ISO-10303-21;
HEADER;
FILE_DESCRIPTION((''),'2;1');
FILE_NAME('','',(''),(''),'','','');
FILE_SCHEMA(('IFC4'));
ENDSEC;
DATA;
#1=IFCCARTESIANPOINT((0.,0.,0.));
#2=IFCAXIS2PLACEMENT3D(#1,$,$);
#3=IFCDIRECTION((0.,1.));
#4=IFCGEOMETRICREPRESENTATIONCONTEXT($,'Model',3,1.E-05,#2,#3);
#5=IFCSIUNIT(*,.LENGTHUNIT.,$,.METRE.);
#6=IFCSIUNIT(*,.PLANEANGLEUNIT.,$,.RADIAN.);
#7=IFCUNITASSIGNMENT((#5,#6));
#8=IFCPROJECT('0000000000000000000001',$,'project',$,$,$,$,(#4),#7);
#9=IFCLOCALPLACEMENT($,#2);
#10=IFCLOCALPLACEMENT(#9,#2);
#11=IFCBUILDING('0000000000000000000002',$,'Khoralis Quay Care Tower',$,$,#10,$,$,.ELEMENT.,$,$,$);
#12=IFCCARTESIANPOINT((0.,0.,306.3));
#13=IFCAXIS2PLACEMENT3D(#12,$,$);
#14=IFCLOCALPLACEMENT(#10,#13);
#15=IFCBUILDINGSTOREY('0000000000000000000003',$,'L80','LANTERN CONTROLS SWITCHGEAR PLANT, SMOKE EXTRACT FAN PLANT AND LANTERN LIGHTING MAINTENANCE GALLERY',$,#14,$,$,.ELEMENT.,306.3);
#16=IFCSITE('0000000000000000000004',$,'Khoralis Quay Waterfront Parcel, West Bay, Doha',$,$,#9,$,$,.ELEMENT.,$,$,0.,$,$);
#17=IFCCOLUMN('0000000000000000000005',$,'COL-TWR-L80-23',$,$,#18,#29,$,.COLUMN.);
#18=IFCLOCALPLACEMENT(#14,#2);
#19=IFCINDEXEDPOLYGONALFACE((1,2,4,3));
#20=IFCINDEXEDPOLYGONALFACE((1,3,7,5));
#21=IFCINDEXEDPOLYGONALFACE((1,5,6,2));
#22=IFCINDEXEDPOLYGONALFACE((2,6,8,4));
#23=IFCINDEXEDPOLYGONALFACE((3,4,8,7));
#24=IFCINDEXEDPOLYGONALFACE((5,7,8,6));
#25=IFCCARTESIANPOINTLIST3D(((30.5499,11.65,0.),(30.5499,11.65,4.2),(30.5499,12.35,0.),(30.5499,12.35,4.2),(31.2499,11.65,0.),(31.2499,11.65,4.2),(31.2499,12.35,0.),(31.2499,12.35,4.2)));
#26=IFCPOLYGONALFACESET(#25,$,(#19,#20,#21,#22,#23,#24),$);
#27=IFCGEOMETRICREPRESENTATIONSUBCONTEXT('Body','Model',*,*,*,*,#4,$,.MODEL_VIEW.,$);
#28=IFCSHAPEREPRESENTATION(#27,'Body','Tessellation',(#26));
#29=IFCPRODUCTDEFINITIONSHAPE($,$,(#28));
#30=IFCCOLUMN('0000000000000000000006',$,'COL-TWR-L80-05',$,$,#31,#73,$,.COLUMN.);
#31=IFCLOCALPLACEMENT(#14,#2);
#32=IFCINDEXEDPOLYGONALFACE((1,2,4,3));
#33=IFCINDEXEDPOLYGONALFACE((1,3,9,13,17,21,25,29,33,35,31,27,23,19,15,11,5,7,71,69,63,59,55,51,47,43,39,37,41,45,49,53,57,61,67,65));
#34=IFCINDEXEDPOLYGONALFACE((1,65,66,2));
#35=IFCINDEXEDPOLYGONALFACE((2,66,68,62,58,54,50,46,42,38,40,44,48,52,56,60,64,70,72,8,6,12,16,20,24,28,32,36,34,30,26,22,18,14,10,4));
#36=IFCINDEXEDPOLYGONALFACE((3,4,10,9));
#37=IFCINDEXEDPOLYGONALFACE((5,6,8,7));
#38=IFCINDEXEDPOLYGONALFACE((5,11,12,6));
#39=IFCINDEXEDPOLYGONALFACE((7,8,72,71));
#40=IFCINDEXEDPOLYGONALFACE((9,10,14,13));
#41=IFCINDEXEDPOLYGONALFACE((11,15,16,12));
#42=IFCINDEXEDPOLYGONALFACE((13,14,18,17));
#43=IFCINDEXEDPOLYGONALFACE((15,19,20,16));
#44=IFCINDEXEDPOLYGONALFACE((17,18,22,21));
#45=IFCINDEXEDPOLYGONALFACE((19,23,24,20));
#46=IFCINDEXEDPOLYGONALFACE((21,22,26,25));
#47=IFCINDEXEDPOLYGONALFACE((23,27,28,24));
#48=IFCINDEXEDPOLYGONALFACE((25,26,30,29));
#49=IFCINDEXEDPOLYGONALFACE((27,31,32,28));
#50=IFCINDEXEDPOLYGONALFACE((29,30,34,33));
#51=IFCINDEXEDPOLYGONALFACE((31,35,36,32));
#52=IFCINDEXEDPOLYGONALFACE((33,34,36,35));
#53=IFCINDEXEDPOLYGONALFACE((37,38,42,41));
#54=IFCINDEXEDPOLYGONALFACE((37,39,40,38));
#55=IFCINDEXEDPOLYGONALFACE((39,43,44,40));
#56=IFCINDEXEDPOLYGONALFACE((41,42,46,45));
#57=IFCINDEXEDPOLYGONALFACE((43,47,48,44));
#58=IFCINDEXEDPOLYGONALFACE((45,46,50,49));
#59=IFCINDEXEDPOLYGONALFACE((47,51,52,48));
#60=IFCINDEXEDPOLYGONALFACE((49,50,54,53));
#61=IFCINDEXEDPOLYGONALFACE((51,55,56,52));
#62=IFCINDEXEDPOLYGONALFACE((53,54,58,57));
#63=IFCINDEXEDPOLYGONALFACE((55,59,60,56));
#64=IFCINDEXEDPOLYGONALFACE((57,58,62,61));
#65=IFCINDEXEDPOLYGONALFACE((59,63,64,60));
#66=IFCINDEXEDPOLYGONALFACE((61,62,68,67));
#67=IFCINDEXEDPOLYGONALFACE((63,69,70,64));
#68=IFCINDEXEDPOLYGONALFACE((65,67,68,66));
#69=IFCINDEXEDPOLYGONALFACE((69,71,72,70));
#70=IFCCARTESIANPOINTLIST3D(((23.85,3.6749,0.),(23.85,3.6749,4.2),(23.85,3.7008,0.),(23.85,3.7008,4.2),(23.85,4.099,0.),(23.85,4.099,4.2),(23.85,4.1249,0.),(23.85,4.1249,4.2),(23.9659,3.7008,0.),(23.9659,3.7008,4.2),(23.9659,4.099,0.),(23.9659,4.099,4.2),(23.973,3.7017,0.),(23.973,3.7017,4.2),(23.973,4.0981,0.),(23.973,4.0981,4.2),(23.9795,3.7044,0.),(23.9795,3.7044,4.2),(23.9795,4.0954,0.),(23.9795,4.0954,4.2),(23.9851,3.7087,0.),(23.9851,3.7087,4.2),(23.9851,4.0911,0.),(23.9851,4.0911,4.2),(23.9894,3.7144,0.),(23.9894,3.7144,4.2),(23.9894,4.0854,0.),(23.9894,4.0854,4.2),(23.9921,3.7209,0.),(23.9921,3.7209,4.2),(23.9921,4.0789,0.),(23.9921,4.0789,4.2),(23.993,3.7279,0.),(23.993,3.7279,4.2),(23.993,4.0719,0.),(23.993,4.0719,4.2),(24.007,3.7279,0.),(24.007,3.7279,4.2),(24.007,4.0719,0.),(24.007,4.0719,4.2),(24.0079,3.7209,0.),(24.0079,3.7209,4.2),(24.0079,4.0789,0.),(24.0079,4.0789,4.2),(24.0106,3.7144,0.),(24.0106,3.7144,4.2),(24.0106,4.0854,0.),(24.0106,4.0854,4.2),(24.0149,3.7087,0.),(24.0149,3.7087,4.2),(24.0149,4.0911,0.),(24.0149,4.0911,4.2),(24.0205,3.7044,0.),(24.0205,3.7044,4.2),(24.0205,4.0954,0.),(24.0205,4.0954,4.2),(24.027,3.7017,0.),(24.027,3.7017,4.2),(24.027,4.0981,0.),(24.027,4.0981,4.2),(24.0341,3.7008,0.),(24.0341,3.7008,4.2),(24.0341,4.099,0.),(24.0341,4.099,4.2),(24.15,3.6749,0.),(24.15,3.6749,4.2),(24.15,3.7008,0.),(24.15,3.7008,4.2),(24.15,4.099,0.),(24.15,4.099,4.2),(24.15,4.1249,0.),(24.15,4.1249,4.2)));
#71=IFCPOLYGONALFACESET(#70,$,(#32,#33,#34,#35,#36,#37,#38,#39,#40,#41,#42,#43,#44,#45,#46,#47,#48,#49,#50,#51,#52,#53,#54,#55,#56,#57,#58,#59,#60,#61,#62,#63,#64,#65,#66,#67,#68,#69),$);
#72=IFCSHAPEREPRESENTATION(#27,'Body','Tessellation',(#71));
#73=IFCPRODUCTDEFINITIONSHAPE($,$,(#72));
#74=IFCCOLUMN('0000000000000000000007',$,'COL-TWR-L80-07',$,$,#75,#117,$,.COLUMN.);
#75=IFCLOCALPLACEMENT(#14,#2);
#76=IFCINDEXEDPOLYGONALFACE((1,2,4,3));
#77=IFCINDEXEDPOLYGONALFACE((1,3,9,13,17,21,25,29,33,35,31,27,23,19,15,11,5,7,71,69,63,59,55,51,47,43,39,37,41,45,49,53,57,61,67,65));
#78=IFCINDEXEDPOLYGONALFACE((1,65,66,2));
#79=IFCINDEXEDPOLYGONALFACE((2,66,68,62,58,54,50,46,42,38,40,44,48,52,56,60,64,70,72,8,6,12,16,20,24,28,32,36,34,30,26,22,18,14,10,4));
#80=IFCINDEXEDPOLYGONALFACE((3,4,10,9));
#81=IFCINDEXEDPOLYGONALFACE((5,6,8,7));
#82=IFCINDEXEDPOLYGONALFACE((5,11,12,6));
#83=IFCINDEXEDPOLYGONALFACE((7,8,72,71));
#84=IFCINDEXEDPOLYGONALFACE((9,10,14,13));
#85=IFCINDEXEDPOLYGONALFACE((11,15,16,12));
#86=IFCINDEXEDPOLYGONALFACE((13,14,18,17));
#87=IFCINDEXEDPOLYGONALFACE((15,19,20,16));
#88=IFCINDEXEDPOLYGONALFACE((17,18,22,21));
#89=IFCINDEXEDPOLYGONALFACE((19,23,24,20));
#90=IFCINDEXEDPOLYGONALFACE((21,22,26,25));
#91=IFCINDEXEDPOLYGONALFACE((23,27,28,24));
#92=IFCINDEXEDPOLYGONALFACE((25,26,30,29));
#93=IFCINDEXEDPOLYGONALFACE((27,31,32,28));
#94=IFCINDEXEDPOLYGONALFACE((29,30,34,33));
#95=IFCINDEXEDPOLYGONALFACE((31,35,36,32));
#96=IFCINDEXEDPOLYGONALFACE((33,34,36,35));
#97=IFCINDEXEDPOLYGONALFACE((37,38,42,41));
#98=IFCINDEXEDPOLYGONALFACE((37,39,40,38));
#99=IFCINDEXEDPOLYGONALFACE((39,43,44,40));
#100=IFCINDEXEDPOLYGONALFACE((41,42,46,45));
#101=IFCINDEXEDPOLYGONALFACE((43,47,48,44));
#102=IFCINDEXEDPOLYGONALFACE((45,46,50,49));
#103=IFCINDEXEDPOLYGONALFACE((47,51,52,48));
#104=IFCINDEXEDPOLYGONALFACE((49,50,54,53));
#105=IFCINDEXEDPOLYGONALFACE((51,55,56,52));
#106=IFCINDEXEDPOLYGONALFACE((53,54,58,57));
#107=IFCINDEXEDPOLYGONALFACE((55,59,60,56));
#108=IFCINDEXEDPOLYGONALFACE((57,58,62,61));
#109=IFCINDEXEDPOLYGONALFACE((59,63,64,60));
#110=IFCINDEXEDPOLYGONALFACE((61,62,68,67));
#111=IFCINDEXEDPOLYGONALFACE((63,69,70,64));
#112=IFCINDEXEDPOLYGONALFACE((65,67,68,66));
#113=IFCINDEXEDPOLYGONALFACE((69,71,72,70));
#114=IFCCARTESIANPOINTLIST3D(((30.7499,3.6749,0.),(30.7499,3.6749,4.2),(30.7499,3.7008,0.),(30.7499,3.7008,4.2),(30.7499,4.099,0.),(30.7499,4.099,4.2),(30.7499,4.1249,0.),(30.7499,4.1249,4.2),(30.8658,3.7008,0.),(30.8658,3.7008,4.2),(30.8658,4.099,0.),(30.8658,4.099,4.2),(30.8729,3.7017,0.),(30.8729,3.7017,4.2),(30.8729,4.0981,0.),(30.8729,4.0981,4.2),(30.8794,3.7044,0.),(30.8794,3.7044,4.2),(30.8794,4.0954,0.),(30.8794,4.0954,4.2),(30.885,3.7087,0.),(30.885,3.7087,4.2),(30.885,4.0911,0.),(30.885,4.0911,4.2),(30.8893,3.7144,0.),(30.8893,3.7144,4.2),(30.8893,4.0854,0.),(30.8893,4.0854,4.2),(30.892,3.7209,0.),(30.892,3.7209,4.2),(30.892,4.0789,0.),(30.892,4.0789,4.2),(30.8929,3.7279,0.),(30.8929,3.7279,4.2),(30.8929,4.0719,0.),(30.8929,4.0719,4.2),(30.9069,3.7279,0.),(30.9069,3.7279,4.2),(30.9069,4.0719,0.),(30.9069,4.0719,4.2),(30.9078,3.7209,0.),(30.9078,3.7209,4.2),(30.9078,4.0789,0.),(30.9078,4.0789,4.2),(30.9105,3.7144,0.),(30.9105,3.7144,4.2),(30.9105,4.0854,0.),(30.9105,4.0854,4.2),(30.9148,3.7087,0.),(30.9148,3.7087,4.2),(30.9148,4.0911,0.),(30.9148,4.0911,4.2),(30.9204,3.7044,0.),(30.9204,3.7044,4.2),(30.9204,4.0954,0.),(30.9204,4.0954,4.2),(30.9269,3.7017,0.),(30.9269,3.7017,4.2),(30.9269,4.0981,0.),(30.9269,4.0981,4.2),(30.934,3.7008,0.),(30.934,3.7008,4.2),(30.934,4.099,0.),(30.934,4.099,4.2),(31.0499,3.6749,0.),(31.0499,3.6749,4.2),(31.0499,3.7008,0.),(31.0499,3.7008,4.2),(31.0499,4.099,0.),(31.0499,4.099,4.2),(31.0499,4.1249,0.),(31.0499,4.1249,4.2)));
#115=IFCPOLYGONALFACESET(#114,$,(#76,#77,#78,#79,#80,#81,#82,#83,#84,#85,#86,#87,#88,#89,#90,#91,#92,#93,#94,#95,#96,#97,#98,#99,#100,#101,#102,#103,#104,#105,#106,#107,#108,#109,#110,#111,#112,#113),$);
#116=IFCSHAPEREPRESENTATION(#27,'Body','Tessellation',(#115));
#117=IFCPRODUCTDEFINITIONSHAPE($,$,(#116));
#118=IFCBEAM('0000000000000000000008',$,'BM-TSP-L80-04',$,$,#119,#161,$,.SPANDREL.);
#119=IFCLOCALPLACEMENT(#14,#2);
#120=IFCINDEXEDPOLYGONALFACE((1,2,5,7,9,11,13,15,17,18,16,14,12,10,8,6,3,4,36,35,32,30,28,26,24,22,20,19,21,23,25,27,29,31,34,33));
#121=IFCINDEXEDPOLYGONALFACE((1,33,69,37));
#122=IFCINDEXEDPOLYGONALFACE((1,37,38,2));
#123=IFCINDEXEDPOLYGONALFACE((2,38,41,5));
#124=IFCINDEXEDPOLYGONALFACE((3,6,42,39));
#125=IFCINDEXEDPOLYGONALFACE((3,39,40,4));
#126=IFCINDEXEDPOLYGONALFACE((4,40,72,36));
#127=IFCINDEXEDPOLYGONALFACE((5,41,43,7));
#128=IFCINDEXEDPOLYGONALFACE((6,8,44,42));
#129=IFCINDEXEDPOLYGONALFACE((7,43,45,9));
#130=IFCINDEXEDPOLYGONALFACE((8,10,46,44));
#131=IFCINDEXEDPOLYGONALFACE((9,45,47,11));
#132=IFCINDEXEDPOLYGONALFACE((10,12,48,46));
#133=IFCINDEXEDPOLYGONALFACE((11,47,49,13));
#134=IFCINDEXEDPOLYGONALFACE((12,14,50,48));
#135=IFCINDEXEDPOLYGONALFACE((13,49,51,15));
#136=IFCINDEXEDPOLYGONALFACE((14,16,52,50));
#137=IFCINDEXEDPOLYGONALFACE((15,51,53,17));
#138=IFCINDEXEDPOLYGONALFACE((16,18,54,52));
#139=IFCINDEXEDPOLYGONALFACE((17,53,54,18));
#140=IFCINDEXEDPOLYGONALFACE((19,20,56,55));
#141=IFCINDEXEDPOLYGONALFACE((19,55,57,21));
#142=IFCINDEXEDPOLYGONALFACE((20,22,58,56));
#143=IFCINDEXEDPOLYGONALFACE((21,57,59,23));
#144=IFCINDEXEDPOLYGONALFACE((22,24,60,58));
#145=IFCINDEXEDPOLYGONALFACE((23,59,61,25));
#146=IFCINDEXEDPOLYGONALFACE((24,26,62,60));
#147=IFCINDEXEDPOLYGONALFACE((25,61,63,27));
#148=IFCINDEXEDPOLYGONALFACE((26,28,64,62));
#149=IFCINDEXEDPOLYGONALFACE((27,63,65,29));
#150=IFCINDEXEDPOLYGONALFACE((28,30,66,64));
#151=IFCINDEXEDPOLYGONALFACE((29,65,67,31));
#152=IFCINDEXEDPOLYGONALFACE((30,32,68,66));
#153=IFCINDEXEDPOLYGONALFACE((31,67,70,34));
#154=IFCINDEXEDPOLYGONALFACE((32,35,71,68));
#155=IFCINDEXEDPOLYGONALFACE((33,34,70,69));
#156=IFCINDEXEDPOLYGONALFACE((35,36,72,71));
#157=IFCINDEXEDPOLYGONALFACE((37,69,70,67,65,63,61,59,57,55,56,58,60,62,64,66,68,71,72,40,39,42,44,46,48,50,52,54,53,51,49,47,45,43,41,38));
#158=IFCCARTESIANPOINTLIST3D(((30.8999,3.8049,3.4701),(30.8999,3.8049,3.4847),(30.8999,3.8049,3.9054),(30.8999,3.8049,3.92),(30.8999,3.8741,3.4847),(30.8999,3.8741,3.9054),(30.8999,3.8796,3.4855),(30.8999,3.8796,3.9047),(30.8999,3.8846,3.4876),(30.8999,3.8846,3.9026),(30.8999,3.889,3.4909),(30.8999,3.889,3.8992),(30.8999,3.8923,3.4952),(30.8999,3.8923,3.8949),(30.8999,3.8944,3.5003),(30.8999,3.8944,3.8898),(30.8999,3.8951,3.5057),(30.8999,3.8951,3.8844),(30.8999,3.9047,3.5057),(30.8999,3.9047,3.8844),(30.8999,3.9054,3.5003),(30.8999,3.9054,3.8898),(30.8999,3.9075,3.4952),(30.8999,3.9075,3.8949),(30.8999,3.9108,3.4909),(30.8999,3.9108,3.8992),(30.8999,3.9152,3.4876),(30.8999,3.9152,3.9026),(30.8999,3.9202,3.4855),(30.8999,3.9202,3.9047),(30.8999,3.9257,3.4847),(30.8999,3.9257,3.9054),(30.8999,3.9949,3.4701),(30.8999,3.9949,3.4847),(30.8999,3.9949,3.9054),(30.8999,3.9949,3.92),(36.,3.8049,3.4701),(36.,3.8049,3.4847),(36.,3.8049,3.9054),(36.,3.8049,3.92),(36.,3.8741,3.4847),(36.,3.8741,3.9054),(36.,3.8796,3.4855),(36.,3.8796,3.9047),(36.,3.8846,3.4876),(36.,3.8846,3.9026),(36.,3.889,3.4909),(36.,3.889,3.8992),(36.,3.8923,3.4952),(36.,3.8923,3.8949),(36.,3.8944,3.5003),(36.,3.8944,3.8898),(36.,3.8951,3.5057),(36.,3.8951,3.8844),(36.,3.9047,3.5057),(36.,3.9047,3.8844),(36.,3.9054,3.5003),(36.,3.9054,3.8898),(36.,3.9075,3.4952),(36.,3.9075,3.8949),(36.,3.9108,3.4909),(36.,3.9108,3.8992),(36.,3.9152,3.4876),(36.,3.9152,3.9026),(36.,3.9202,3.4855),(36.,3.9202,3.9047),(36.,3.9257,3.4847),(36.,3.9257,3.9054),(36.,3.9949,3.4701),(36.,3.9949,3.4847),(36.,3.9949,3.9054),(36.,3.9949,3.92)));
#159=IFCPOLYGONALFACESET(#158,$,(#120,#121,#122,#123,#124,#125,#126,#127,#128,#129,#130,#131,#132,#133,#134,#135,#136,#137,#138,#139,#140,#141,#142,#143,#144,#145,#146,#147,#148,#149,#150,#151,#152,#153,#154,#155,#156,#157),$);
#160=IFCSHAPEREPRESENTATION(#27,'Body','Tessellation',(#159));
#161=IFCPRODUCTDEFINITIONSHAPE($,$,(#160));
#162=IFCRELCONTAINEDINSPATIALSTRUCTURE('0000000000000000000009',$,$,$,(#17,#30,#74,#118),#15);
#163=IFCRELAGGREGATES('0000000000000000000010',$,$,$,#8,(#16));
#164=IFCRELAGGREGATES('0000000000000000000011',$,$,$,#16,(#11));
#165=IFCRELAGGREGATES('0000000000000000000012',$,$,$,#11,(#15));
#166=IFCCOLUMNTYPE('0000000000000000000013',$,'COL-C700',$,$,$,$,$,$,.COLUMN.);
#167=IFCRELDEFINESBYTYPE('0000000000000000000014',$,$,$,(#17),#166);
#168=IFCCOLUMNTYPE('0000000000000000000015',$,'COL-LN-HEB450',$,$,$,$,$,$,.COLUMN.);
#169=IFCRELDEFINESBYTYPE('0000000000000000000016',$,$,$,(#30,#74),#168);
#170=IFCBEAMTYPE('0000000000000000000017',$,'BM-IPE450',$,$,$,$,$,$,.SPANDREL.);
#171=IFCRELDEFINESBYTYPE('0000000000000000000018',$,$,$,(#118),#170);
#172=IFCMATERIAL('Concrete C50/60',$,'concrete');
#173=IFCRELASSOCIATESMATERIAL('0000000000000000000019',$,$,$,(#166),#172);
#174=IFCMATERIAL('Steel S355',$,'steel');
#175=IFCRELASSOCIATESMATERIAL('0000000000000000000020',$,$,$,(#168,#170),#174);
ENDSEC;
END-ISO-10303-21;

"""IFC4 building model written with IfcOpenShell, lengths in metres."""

from ifc_helpers import new_model, si_unit, direction, frame, origin, origin_2d, place, context, subcontext, project, spatial, rectangle, i_section, extrude, source, transform, mapped, material, material_profile, profile_set, type_object, element, save


model = new_model("IFC4")

# Units and contexts
model_context = context("Model", 3, precision=1e-05, world=origin(), true_north=direction((0.0, 1.0)))
body_context = subcontext(model_context, "Body", "Model", "MODEL_VIEW")
ifc_project = project(units=[si_unit("LENGTHUNIT", "METRE"), si_unit("PLANEANGLEUNIT", "RADIAN")], contexts=[model_context])

# Site, building, storey
site_placement = place(None, origin())
site = spatial("IfcSite", under=ifc_project, at=site_placement, Name="Khoralis Quay Waterfront Parcel, West Bay, Doha", CompositionType="ELEMENT", RefElevation=0.0)
building_placement = place(site_placement, origin())
building = spatial("IfcBuilding", under=site, at=building_placement, Name="Khoralis Quay Care Tower", CompositionType="ELEMENT")
storey_placement = place(building_placement, frame((0.0, 0.0, 306.3)))
storey = spatial("IfcBuildingStorey", under=building, at=storey_placement, Name="L80", Description="LANTERN CONTROLS SWITCHGEAR PLANT, SMOKE EXTRACT FAN PLANT AND LANTERN LIGHTING MAINTENANCE GALLERY", CompositionType="ELEMENT", Elevation=306.3)

# Columns
ifc_material_1 = material(Name="Concrete C50/60", Category="concrete")
ifc_material_profile_1 = material_profile(ifc_material_1, rectangle(XDim=0.7, YDim=0.7, at=origin_2d()), Name="Concrete C50/60")
ifc_profile_set_1 = profile_set([ifc_material_profile_1], Name="Concrete C50/60")
column_type_1 = type_object("IfcColumnType", Name="COL-C700", PredefinedType="COLUMN", material=ifc_profile_set_1)
shared_shape_1 = source(origin(), body_context, "Body", "SweptSolid", [
    extrude(rectangle(XDim=0.7, YDim=0.7, at=origin_2d()), origin(), (0.0, 0.0, 1.0), 4.2),
])
column_placement = place(storey_placement, frame((30.8999, 12.0, 0.0), z_axis=(0.0, 0.0, 1.0), x_axis=(1.0, 0.0, 0.0)))
element("IfcColumn", 1, at=column_placement, inside=storey, type_object=column_type_1, Name="COL-TWR-L80-23", PredefinedType="COLUMN", context=body_context, shape_type="MappedRepresentation", body=[
    mapped(shared_shape_1, transform((0.0, 0.0, 0.0), scale=1.0)),
])
ifc_material_2 = material(Name="Steel S355", Category="steel")
ifc_material_profile_2 = material_profile(ifc_material_2, i_section(OverallWidth=0.3, OverallDepth=0.45, WebThickness=0.0139, FlangeThickness=0.0259, FilletRadius=0.0271, at=origin_2d()), Name="Steel S355")
ifc_profile_set_2 = profile_set([ifc_material_profile_2], Name="Steel S355")
column_type_2 = type_object("IfcColumnType", Name="COL-LN-HEB450", PredefinedType="COLUMN", material=ifc_profile_set_2)
shared_shape_2 = source(origin(), body_context, "Body", "SweptSolid", [
    extrude(i_section(OverallWidth=0.3, OverallDepth=0.45, WebThickness=0.0139, FlangeThickness=0.0259, FilletRadius=0.0271, at=origin_2d()), origin(), (0.0, 0.0, 1.0), 4.2),
])
for number, where, z_axis, x_axis, name in (
    (2, (24.0, 3.8999, 0.0), (0.0, 0.0, 1.0), (1.0, 0.0, 0.0), "COL-TWR-L80-05"),
    (3, (30.8999, 3.8999, 0.0), (0.0, 0.0, 1.0), (1.0, 0.0, 0.0), "COL-TWR-L80-07"),
):
    element("IfcColumn", number, at=place(storey_placement, frame(where, z_axis=z_axis, x_axis=x_axis)), inside=storey, type_object=column_type_2, Name=name, PredefinedType="COLUMN", context=body_context, shape_type="MappedRepresentation", body=[
        mapped(shared_shape_2, transform((0.0, 0.0, 0.0), scale=1.0)),
    ])

# Beam
ifc_material_profile_3 = material_profile(ifc_material_2, i_section(OverallWidth=0.1899, OverallDepth=0.45, WebThickness=0.0095, FlangeThickness=0.0146, FilletRadius=0.021, at=origin_2d()), Name="Steel S355")
ifc_profile_set_3 = profile_set([ifc_material_profile_3], Name="Steel S355")
beam_type_1 = type_object("IfcBeamType", Name="BM-IPE450", PredefinedType="SPANDREL", material=ifc_profile_set_3)
shared_shape_3 = source(origin(), body_context, "Body", "SweptSolid", [
    extrude(i_section(OverallWidth=0.1899, OverallDepth=0.45, WebThickness=0.0095, FlangeThickness=0.0146, FilletRadius=0.021, at=origin_2d()), origin(), (0.0, 0.0, 1.0), 5.1001),
])
beam_1_placement = place(storey_placement, frame((30.8999, 3.8999, 3.6951), z_axis=(1.0, 0.0, 0.0), x_axis=(0.0, 1.0, 0.0)))
element("IfcBeam", 4, at=beam_1_placement, inside=storey, type_object=beam_type_1, Name="BM-TSP-L80-04", PredefinedType="SPANDREL", context=body_context, shape_type="MappedRepresentation", body=[
    mapped(shared_shape_3, transform((0.0, 0.0, 0.0), scale=1.0)),
])

save(model, "model.ifc")
